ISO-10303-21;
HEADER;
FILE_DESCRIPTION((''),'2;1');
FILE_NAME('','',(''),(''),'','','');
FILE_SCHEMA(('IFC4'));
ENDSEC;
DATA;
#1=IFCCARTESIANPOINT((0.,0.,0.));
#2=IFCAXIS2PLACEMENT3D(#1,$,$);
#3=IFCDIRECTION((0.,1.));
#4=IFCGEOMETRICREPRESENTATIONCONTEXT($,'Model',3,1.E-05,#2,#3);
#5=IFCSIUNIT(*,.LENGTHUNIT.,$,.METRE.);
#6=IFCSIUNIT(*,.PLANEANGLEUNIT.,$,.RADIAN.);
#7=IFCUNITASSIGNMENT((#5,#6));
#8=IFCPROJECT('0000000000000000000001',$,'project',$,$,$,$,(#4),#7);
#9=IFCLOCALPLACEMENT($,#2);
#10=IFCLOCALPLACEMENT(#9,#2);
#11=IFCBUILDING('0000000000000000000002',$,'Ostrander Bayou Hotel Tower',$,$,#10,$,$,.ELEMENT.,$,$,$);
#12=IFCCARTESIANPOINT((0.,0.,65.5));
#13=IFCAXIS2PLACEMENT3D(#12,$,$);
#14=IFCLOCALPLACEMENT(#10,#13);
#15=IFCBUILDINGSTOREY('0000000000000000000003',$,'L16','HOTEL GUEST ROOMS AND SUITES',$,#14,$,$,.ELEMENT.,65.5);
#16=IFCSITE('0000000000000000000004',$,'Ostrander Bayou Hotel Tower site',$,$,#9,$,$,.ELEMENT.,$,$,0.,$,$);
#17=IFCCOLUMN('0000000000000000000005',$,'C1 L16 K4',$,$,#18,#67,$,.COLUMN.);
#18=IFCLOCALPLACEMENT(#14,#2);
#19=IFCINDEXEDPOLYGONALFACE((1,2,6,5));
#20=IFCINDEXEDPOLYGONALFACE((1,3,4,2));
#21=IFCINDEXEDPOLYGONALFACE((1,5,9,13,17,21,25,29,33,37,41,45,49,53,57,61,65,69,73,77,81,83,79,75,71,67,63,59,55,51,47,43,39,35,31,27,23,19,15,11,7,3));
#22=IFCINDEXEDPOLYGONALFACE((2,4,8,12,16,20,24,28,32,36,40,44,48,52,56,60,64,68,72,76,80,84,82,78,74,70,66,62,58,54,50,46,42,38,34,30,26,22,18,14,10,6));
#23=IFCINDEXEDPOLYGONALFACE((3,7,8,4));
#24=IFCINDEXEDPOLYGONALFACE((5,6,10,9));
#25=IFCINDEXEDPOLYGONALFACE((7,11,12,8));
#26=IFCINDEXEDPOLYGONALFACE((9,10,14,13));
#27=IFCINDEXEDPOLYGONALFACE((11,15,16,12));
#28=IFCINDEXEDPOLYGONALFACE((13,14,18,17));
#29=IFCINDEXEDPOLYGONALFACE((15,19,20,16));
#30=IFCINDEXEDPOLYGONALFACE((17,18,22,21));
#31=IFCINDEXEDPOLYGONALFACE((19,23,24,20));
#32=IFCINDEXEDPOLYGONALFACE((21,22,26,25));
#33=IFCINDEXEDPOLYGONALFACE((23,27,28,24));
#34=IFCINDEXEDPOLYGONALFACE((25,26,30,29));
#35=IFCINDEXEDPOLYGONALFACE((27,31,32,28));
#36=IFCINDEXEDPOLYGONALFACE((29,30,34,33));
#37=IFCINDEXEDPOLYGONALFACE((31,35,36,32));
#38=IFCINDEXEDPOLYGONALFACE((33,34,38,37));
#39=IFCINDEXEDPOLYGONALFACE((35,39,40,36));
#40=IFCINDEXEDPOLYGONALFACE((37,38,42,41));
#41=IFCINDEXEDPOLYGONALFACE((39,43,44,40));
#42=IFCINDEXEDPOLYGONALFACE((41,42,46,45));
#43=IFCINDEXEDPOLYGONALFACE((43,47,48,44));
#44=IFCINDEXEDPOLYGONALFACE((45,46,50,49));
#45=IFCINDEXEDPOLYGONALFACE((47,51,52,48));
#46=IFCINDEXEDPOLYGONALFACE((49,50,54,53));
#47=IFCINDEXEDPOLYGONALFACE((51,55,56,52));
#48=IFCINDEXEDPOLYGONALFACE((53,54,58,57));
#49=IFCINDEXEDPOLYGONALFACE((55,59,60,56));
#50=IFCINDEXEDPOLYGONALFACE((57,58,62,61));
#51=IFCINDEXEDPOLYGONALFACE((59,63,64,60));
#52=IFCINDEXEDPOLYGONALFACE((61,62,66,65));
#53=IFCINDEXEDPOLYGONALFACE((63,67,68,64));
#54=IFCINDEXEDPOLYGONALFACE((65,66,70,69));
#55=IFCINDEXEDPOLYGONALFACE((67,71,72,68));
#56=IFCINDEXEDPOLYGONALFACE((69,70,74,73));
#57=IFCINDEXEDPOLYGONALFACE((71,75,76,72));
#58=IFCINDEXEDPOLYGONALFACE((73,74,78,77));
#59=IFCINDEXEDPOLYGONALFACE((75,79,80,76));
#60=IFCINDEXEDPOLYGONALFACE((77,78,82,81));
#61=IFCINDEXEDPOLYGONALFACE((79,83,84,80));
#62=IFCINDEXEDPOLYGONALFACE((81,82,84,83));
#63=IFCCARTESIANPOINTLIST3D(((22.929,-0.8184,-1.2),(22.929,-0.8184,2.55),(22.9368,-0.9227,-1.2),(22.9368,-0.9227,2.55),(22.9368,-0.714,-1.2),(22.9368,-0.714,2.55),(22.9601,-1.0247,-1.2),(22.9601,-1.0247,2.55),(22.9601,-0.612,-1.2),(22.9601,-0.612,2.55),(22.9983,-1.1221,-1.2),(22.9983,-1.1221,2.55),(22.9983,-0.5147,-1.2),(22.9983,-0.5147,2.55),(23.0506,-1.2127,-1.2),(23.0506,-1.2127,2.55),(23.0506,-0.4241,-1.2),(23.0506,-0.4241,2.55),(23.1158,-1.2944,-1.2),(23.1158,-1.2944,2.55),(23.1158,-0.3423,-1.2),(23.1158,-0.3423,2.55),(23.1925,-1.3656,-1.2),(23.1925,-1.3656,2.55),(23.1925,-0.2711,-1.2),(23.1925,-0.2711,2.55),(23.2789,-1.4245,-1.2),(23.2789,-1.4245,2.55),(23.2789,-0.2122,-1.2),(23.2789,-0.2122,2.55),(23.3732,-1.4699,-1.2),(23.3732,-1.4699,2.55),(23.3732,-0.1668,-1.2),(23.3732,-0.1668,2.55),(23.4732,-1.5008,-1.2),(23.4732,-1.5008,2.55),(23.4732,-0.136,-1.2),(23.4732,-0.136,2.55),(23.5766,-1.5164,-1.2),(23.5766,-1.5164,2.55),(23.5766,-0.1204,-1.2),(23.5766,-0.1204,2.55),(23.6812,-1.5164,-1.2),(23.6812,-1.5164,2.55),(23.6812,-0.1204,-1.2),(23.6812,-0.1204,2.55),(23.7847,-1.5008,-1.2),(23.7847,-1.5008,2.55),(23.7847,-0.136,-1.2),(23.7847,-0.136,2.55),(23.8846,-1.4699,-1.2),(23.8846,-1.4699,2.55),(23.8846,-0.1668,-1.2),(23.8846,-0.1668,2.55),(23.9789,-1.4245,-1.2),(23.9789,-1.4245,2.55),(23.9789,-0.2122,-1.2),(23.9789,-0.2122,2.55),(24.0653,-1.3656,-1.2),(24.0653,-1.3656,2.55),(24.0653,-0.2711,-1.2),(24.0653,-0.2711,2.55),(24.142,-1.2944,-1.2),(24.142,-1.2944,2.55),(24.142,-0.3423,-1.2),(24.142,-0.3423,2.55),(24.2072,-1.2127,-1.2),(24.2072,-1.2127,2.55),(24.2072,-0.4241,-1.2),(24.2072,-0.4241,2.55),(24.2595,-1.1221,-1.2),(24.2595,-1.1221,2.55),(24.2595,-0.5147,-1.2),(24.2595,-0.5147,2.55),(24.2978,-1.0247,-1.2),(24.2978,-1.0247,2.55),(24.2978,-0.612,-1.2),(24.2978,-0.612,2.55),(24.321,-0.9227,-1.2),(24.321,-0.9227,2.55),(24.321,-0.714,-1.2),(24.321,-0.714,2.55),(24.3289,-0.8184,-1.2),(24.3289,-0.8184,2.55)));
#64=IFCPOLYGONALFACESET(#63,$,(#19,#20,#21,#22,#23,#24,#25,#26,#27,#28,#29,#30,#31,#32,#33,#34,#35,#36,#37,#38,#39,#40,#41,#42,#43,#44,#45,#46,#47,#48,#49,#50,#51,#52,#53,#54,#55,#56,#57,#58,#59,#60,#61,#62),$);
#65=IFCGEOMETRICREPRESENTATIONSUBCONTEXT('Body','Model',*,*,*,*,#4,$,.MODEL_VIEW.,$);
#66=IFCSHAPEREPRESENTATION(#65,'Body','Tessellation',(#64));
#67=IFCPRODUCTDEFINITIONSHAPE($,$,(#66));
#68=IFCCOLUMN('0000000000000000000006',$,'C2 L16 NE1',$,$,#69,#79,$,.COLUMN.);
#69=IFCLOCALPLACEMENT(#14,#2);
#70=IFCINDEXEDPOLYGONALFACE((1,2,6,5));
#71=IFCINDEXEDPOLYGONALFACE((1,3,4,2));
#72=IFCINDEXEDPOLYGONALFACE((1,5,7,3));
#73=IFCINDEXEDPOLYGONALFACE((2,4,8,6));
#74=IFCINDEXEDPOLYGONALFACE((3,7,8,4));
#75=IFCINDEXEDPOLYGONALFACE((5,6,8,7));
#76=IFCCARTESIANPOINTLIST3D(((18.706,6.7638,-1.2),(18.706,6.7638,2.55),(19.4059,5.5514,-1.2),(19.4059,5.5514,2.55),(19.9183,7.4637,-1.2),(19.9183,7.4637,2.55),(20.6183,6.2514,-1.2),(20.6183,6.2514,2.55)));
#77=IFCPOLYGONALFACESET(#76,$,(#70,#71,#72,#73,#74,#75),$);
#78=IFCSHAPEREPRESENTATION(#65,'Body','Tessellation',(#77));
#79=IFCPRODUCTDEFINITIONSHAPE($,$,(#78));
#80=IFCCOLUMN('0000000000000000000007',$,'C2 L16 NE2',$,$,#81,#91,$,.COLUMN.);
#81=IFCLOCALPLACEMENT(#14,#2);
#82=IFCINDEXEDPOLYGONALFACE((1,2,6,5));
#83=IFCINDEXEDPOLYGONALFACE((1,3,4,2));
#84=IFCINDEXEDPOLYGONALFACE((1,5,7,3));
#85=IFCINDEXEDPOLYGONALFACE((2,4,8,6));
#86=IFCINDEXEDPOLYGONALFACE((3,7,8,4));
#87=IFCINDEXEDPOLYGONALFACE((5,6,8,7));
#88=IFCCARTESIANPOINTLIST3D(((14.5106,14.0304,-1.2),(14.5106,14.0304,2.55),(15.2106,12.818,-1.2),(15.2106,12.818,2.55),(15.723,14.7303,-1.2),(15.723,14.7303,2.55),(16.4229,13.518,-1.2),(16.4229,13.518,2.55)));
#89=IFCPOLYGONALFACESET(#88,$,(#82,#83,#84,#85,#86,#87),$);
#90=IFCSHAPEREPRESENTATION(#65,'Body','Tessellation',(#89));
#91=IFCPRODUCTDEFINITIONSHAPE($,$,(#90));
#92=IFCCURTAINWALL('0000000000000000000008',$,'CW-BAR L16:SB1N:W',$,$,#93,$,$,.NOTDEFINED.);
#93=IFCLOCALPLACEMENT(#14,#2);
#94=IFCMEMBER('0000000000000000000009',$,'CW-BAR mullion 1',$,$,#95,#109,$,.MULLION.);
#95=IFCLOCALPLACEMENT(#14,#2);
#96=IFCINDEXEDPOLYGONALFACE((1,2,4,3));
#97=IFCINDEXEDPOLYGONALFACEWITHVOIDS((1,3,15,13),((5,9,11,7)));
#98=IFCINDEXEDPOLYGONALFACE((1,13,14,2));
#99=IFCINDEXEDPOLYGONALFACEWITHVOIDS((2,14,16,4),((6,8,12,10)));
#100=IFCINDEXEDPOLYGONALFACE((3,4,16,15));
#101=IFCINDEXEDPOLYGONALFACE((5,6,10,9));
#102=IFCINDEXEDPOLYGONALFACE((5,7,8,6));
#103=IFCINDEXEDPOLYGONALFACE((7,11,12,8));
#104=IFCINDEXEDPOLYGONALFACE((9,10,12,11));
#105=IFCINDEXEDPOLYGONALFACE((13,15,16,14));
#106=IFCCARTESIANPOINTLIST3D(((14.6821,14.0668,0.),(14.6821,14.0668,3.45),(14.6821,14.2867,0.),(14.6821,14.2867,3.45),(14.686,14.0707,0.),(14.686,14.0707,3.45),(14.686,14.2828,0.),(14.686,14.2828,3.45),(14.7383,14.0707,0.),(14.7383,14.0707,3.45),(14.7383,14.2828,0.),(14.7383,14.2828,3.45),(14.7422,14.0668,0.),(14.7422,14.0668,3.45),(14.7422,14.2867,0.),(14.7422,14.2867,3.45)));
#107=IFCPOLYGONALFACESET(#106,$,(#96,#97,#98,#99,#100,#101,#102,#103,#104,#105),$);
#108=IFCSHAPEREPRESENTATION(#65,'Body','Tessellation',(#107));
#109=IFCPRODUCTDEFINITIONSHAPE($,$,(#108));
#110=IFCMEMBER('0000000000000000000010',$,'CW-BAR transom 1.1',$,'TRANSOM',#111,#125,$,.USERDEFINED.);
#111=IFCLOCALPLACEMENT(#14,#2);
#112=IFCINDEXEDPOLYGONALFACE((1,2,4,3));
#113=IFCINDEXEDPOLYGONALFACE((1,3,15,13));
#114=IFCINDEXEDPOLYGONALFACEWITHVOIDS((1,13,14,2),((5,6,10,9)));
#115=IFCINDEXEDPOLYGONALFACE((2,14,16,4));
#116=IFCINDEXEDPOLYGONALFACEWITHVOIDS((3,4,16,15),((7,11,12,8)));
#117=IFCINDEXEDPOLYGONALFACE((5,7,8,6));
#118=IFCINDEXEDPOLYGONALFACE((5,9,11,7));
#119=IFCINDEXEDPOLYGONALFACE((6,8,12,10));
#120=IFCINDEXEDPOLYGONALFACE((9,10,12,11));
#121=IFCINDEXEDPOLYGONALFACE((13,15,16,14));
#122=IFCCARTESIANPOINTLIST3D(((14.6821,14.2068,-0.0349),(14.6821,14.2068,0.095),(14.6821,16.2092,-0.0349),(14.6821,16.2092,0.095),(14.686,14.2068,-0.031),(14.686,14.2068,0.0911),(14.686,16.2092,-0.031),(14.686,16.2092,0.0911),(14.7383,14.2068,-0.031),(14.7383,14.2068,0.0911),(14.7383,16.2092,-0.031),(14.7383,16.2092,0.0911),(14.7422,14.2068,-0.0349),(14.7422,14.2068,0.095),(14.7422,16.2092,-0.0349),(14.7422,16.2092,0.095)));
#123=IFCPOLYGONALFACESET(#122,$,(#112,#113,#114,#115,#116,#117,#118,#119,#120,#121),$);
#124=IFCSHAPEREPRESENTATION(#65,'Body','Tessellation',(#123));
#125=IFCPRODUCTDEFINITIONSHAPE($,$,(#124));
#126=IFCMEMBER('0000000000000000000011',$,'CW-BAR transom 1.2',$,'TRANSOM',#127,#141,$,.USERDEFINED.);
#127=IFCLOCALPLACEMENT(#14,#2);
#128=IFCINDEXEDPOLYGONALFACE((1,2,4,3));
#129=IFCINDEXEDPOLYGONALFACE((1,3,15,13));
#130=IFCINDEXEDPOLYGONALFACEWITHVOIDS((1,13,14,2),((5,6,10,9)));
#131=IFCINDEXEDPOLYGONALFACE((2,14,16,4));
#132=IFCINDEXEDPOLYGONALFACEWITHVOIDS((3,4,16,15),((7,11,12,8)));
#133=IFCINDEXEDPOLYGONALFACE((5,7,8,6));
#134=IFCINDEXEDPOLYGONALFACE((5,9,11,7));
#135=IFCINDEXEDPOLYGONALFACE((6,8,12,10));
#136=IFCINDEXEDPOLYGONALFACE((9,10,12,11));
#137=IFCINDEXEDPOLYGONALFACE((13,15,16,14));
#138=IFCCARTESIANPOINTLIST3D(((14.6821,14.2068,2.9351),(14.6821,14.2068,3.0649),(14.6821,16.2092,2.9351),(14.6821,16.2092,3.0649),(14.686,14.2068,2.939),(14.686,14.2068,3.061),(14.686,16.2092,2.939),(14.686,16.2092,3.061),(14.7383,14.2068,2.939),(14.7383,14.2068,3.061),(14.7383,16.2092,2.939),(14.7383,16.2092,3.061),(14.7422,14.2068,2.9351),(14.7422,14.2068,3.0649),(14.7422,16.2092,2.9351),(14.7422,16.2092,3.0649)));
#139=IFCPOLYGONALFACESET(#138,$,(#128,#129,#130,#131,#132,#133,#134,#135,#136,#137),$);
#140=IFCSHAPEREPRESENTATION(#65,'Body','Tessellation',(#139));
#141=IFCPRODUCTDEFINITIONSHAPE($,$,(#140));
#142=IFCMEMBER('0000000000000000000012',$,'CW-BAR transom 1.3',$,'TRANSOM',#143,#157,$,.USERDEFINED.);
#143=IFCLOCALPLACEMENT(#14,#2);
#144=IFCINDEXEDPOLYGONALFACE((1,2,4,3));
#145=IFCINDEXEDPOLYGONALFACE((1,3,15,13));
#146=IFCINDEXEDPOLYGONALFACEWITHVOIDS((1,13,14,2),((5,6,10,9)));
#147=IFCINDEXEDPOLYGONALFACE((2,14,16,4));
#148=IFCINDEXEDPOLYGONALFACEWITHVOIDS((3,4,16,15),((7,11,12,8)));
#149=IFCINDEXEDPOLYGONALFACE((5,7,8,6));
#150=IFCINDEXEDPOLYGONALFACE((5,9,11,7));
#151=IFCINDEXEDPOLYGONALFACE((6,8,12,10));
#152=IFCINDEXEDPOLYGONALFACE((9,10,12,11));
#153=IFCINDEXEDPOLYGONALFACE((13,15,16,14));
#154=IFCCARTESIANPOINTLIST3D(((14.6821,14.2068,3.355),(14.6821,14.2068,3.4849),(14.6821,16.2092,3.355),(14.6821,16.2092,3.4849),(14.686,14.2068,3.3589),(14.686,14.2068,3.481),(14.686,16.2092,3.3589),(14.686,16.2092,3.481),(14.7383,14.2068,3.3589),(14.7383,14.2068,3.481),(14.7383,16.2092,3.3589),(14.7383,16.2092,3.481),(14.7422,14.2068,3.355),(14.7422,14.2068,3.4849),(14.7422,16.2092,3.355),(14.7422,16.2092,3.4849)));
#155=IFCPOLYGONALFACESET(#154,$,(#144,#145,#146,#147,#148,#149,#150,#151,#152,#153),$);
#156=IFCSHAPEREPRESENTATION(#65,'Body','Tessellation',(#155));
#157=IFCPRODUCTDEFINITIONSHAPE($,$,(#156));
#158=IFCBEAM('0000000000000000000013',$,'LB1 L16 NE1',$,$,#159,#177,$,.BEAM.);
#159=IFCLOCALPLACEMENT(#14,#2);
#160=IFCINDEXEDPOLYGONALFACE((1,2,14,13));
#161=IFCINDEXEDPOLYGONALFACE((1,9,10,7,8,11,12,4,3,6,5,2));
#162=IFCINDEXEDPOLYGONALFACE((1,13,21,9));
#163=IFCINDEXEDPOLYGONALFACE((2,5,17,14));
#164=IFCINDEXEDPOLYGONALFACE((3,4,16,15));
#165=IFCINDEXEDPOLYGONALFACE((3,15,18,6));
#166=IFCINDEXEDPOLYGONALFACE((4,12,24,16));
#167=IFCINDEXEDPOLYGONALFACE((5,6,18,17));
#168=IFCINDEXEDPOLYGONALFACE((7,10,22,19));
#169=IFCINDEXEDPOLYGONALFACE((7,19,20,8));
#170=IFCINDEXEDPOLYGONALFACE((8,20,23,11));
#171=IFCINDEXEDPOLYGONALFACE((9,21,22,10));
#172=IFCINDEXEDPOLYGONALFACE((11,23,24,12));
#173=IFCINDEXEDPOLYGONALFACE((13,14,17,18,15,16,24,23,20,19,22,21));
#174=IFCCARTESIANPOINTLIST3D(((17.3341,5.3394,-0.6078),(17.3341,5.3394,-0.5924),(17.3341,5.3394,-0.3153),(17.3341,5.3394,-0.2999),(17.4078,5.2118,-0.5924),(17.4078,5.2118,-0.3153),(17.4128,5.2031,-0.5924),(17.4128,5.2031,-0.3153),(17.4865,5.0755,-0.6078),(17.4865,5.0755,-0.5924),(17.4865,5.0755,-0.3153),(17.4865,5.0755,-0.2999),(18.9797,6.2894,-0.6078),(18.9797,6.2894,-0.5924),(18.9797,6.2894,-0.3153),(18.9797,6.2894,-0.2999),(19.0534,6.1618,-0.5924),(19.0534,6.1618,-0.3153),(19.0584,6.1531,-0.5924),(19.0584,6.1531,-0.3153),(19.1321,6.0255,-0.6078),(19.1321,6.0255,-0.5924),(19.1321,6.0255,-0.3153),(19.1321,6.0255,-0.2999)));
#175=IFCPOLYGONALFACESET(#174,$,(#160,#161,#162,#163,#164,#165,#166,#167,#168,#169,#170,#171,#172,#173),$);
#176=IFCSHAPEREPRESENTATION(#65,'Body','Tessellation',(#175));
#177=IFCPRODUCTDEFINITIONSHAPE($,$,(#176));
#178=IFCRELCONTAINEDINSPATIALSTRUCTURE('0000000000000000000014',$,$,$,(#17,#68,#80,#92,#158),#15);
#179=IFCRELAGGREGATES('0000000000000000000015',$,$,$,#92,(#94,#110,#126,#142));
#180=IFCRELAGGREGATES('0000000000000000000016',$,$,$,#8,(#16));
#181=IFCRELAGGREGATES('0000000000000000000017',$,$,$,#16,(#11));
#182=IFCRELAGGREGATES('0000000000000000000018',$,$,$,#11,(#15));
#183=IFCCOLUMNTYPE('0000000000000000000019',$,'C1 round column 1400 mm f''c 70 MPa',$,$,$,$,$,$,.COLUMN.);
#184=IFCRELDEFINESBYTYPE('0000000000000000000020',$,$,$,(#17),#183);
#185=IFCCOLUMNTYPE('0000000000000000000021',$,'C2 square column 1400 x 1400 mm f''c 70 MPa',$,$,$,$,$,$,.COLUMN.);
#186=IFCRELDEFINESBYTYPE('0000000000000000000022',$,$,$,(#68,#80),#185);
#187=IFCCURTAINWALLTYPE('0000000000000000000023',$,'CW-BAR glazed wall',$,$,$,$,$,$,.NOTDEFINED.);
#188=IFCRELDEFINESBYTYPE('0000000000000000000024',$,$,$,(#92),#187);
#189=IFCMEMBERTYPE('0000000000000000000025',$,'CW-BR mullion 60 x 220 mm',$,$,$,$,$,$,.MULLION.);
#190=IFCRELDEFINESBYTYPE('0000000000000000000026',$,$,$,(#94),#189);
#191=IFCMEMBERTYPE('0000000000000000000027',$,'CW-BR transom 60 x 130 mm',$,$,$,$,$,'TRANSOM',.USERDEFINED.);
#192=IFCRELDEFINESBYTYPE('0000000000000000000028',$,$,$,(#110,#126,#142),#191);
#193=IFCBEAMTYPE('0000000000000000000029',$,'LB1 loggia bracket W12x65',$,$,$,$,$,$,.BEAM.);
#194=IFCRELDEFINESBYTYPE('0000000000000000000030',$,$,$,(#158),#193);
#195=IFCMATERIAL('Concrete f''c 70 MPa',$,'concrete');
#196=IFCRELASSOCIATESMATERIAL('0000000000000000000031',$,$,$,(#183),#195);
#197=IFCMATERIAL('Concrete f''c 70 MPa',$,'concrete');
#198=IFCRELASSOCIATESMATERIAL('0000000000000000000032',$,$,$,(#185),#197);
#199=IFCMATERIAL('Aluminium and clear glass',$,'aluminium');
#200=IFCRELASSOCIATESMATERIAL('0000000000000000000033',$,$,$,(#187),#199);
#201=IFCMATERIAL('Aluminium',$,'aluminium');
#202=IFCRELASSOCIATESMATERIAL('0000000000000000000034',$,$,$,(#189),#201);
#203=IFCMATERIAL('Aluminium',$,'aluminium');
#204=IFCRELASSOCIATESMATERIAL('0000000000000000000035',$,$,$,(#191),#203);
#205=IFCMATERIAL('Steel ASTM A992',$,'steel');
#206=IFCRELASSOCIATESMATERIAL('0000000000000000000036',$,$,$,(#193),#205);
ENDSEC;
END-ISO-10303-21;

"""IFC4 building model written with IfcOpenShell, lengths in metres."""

from ifc_helpers import new_model, si_unit, direction, frame, origin, origin_2d, place, context, subcontext, project, spatial, rectangle, hollow_rectangle, circle, i_section, extrude, material, material_profile, profile_set, type_object, element, aggregate, save


model = new_model("IFC4")

# Units and contexts
model_context = context("Model", 3, precision=1e-05, world=origin(), true_north=direction((0.0, 1.0)))
body_context = subcontext(model_context, "Body", "Model", "MODEL_VIEW")
ifc_project = project(units=[si_unit("LENGTHUNIT", "METRE"), si_unit("PLANEANGLEUNIT", "RADIAN")], contexts=[model_context])

# Site, building, storey
site_placement = place(None, origin())
site = spatial("IfcSite", under=ifc_project, at=site_placement, Name="Ostrander Bayou Hotel Tower site", CompositionType="ELEMENT", RefElevation=0.0)
building_placement = place(site_placement, origin())
building = spatial("IfcBuilding", under=site, at=building_placement, Name="Ostrander Bayou Hotel Tower", CompositionType="ELEMENT")
storey_placement = place(building_placement, frame((0.0, 0.0, 65.5)))
storey = spatial("IfcBuildingStorey", under=building, at=storey_placement, Name="L16", Description="HOTEL GUEST ROOMS AND SUITES", CompositionType="ELEMENT", Elevation=65.5)

# Columns
ifc_material_1 = material(Name="Concrete f'c 70 MPa", Category="concrete")
ifc_material_profile_1 = material_profile(ifc_material_1, circle(Radius=0.7, at=origin_2d()))
ifc_profile_set_1 = profile_set([ifc_material_profile_1], Name="Concrete f'c 70 MPa")
column_type_1 = type_object("IfcColumnType", Name="C1 round column 1400 mm f'c 70 MPa", PredefinedType="COLUMN", material=ifc_profile_set_1)
column_placement = place(storey_placement, frame((23.6289, -0.8184, -1.2), z_axis=(0.0, 0.0, 1.0), x_axis=(1.0, 0.0, 0.0)))
element("IfcColumn", 1, at=column_placement, inside=storey, type_object=column_type_1, Name="C1 L16 K4", PredefinedType="COLUMN", context=body_context, shape_type="SweptSolid", body=[
    extrude(circle(Radius=0.7, at=origin_2d()), origin(), (0.0, 0.0, 1.0), 3.75),
])
ifc_material_2 = material(Name="Concrete f'c 70 MPa", Category="concrete")
ifc_material_profile_2 = material_profile(ifc_material_2, rectangle(XDim=1.3999, YDim=1.3999, at=origin_2d()))
ifc_profile_set_2 = profile_set([ifc_material_profile_2], Name="Concrete f'c 70 MPa")
column_type_2 = type_object("IfcColumnType", Name="C2 square column 1400 x 1400 mm f'c 70 MPa", PredefinedType="COLUMN", material=ifc_profile_set_2)
for number, where, z_axis, x_axis, name in (
    (2, (19.6621, 6.5076, -1.2), (0.0, 0.0, 1.0), (0.5, -0.866025, 0.0), "C2 L16 NE1"),
    (3, (15.4668, 13.7742, -1.2), (0.0, 0.0, 1.0), (0.5, -0.866025, 0.0), "C2 L16 NE2"),
):
    element("IfcColumn", number, at=place(storey_placement, frame(where, z_axis=z_axis, x_axis=x_axis)), inside=storey, type_object=column_type_2, Name=name, PredefinedType="COLUMN", context=body_context, shape_type="SweptSolid", body=[
        extrude(rectangle(XDim=1.3999, YDim=1.3999, at=origin_2d()), origin(), (0.0, 0.0, 1.0), 3.75),
    ])

# Curtain wall, members
ifc_material_3 = material(Name="Aluminium and clear glass", Category="aluminium")
curtain_wall_type = type_object("IfcCurtainWallType", Name="CW-BAR glazed wall", PredefinedType="NOTDEFINED", material=ifc_material_3)
curtain_wall_placement = place(storey_placement, origin())
curtain_wall = element("IfcCurtainWall", 4, at=curtain_wall_placement, inside=storey, type_object=curtain_wall_type, Name="CW-BAR L16:SB1N:W", PredefinedType="NOTDEFINED")
ifc_material_4 = material(Name="Aluminium", Category="aluminium")
ifc_material_profile_3 = material_profile(ifc_material_4, hollow_rectangle(XDim=0.0601, YDim=0.22, WallThickness=0.0039, at=origin_2d()))
ifc_profile_set_3 = profile_set([ifc_material_profile_3], Name="Aluminium")
member_type_1 = type_object("IfcMemberType", Name="CW-BR mullion 60 x 220 mm", PredefinedType="MULLION", material=ifc_profile_set_3)
member_1_placement = place(storey_placement, frame((14.7122, 14.1768, 0.0), z_axis=(0.0, 0.0, 1.0), x_axis=(-1.0, 0.0, 0.0)))
member_1 = element("IfcMember", 5, at=member_1_placement, type_object=member_type_1, Name="CW-BAR mullion 1", PredefinedType="MULLION", context=body_context, shape_type="SweptSolid", body=[
    extrude(hollow_rectangle(XDim=0.0601, YDim=0.22, WallThickness=0.0039, at=origin_2d()), origin(), (0.0, 0.0, 1.0), 3.45),
])
ifc_material_5 = material(Name="Aluminium", Category="aluminium")
ifc_material_profile_4 = material_profile(ifc_material_5, hollow_rectangle(XDim=0.0601, YDim=0.1299, WallThickness=0.0039, at=origin_2d()))
ifc_profile_set_4 = profile_set([ifc_material_profile_4], Name="Aluminium")
member_type_2 = type_object("IfcMemberType", Name="CW-BR transom 60 x 130 mm", ElementType="TRANSOM", PredefinedType="USERDEFINED", material=ifc_profile_set_4)
member_2_placement = place(storey_placement, frame((14.7122, 14.2068, 0.03), z_axis=(0.0, 1.0, 0.0), x_axis=(-1.0, 0.0, 0.0)))
member_2 = element("IfcMember", 6, at=member_2_placement, type_object=member_type_2, Name="CW-BAR transom 1.1", ObjectType="TRANSOM", PredefinedType="USERDEFINED", context=body_context, shape_type="SweptSolid", body=[
    extrude(hollow_rectangle(XDim=0.0601, YDim=0.1299, WallThickness=0.0039, at=origin_2d()), origin(), (0.0, 0.0, 1.0), 2.0024),
])
member_3_placement = place(storey_placement, frame((14.7122, 14.2068, 3.0), z_axis=(0.0, 1.0, 0.0), x_axis=(-1.0, 0.0, 0.0)))
member_3 = element("IfcMember", 7, at=member_3_placement, type_object=member_type_2, Name="CW-BAR transom 1.2", ObjectType="TRANSOM", PredefinedType="USERDEFINED", context=body_context, shape_type="SweptSolid", body=[
    extrude(hollow_rectangle(XDim=0.0601, YDim=0.1299, WallThickness=0.0039, at=origin_2d()), origin(), (0.0, 0.0, 1.0), 2.0024),
])
member_4_placement = place(storey_placement, frame((14.7122, 14.2068, 3.4199), z_axis=(0.0, 1.0, 0.0), x_axis=(-1.0, 0.0, 0.0)))
member_4 = element("IfcMember", 8, at=member_4_placement, type_object=member_type_2, Name="CW-BAR transom 1.3", ObjectType="TRANSOM", PredefinedType="USERDEFINED", context=body_context, shape_type="SweptSolid", body=[
    extrude(hollow_rectangle(XDim=0.0601, YDim=0.1299, WallThickness=0.0039, at=origin_2d()), origin(), (0.0, 0.0, 1.0), 2.0024),
])
aggregate(curtain_wall, [member_1, member_2, member_3, member_4])

# Beam
ifc_material_6 = material(Name="Steel ASTM A992", Category="steel")
ifc_material_profile_5 = material_profile(ifc_material_6, i_section(OverallWidth=0.3047, OverallDepth=0.3079, WebThickness=0.01, FlangeThickness=0.0154, at=origin_2d()))
ifc_profile_set_5 = profile_set([ifc_material_profile_5], Name="Steel ASTM A992")
beam_type_1 = type_object("IfcBeamType", Name="LB1 loggia bracket W12x65", PredefinedType="BEAM", material=ifc_profile_set_5)
for number, where, z_axis, x_axis, name in (
    (9, (19.0559, 6.1575, -0.4539), (-0.866044, -0.499967, 0.0), (0.499967, -0.866044, 0.0), "LB1 L16 NE1"),
):
    element("IfcBeam", number, at=place(storey_placement, frame(where, z_axis=z_axis, x_axis=x_axis)), inside=storey, type_object=beam_type_1, Name=name, PredefinedType="BEAM", context=body_context, shape_type="SweptSolid", body=[
        extrude(i_section(OverallWidth=0.3047, OverallDepth=0.3079, WebThickness=0.01, FlangeThickness=0.0154, at=origin_2d()), origin(), (0.0, 0.0, 1.0), 1.9001),
    ])

save(model, "model.ifc")
